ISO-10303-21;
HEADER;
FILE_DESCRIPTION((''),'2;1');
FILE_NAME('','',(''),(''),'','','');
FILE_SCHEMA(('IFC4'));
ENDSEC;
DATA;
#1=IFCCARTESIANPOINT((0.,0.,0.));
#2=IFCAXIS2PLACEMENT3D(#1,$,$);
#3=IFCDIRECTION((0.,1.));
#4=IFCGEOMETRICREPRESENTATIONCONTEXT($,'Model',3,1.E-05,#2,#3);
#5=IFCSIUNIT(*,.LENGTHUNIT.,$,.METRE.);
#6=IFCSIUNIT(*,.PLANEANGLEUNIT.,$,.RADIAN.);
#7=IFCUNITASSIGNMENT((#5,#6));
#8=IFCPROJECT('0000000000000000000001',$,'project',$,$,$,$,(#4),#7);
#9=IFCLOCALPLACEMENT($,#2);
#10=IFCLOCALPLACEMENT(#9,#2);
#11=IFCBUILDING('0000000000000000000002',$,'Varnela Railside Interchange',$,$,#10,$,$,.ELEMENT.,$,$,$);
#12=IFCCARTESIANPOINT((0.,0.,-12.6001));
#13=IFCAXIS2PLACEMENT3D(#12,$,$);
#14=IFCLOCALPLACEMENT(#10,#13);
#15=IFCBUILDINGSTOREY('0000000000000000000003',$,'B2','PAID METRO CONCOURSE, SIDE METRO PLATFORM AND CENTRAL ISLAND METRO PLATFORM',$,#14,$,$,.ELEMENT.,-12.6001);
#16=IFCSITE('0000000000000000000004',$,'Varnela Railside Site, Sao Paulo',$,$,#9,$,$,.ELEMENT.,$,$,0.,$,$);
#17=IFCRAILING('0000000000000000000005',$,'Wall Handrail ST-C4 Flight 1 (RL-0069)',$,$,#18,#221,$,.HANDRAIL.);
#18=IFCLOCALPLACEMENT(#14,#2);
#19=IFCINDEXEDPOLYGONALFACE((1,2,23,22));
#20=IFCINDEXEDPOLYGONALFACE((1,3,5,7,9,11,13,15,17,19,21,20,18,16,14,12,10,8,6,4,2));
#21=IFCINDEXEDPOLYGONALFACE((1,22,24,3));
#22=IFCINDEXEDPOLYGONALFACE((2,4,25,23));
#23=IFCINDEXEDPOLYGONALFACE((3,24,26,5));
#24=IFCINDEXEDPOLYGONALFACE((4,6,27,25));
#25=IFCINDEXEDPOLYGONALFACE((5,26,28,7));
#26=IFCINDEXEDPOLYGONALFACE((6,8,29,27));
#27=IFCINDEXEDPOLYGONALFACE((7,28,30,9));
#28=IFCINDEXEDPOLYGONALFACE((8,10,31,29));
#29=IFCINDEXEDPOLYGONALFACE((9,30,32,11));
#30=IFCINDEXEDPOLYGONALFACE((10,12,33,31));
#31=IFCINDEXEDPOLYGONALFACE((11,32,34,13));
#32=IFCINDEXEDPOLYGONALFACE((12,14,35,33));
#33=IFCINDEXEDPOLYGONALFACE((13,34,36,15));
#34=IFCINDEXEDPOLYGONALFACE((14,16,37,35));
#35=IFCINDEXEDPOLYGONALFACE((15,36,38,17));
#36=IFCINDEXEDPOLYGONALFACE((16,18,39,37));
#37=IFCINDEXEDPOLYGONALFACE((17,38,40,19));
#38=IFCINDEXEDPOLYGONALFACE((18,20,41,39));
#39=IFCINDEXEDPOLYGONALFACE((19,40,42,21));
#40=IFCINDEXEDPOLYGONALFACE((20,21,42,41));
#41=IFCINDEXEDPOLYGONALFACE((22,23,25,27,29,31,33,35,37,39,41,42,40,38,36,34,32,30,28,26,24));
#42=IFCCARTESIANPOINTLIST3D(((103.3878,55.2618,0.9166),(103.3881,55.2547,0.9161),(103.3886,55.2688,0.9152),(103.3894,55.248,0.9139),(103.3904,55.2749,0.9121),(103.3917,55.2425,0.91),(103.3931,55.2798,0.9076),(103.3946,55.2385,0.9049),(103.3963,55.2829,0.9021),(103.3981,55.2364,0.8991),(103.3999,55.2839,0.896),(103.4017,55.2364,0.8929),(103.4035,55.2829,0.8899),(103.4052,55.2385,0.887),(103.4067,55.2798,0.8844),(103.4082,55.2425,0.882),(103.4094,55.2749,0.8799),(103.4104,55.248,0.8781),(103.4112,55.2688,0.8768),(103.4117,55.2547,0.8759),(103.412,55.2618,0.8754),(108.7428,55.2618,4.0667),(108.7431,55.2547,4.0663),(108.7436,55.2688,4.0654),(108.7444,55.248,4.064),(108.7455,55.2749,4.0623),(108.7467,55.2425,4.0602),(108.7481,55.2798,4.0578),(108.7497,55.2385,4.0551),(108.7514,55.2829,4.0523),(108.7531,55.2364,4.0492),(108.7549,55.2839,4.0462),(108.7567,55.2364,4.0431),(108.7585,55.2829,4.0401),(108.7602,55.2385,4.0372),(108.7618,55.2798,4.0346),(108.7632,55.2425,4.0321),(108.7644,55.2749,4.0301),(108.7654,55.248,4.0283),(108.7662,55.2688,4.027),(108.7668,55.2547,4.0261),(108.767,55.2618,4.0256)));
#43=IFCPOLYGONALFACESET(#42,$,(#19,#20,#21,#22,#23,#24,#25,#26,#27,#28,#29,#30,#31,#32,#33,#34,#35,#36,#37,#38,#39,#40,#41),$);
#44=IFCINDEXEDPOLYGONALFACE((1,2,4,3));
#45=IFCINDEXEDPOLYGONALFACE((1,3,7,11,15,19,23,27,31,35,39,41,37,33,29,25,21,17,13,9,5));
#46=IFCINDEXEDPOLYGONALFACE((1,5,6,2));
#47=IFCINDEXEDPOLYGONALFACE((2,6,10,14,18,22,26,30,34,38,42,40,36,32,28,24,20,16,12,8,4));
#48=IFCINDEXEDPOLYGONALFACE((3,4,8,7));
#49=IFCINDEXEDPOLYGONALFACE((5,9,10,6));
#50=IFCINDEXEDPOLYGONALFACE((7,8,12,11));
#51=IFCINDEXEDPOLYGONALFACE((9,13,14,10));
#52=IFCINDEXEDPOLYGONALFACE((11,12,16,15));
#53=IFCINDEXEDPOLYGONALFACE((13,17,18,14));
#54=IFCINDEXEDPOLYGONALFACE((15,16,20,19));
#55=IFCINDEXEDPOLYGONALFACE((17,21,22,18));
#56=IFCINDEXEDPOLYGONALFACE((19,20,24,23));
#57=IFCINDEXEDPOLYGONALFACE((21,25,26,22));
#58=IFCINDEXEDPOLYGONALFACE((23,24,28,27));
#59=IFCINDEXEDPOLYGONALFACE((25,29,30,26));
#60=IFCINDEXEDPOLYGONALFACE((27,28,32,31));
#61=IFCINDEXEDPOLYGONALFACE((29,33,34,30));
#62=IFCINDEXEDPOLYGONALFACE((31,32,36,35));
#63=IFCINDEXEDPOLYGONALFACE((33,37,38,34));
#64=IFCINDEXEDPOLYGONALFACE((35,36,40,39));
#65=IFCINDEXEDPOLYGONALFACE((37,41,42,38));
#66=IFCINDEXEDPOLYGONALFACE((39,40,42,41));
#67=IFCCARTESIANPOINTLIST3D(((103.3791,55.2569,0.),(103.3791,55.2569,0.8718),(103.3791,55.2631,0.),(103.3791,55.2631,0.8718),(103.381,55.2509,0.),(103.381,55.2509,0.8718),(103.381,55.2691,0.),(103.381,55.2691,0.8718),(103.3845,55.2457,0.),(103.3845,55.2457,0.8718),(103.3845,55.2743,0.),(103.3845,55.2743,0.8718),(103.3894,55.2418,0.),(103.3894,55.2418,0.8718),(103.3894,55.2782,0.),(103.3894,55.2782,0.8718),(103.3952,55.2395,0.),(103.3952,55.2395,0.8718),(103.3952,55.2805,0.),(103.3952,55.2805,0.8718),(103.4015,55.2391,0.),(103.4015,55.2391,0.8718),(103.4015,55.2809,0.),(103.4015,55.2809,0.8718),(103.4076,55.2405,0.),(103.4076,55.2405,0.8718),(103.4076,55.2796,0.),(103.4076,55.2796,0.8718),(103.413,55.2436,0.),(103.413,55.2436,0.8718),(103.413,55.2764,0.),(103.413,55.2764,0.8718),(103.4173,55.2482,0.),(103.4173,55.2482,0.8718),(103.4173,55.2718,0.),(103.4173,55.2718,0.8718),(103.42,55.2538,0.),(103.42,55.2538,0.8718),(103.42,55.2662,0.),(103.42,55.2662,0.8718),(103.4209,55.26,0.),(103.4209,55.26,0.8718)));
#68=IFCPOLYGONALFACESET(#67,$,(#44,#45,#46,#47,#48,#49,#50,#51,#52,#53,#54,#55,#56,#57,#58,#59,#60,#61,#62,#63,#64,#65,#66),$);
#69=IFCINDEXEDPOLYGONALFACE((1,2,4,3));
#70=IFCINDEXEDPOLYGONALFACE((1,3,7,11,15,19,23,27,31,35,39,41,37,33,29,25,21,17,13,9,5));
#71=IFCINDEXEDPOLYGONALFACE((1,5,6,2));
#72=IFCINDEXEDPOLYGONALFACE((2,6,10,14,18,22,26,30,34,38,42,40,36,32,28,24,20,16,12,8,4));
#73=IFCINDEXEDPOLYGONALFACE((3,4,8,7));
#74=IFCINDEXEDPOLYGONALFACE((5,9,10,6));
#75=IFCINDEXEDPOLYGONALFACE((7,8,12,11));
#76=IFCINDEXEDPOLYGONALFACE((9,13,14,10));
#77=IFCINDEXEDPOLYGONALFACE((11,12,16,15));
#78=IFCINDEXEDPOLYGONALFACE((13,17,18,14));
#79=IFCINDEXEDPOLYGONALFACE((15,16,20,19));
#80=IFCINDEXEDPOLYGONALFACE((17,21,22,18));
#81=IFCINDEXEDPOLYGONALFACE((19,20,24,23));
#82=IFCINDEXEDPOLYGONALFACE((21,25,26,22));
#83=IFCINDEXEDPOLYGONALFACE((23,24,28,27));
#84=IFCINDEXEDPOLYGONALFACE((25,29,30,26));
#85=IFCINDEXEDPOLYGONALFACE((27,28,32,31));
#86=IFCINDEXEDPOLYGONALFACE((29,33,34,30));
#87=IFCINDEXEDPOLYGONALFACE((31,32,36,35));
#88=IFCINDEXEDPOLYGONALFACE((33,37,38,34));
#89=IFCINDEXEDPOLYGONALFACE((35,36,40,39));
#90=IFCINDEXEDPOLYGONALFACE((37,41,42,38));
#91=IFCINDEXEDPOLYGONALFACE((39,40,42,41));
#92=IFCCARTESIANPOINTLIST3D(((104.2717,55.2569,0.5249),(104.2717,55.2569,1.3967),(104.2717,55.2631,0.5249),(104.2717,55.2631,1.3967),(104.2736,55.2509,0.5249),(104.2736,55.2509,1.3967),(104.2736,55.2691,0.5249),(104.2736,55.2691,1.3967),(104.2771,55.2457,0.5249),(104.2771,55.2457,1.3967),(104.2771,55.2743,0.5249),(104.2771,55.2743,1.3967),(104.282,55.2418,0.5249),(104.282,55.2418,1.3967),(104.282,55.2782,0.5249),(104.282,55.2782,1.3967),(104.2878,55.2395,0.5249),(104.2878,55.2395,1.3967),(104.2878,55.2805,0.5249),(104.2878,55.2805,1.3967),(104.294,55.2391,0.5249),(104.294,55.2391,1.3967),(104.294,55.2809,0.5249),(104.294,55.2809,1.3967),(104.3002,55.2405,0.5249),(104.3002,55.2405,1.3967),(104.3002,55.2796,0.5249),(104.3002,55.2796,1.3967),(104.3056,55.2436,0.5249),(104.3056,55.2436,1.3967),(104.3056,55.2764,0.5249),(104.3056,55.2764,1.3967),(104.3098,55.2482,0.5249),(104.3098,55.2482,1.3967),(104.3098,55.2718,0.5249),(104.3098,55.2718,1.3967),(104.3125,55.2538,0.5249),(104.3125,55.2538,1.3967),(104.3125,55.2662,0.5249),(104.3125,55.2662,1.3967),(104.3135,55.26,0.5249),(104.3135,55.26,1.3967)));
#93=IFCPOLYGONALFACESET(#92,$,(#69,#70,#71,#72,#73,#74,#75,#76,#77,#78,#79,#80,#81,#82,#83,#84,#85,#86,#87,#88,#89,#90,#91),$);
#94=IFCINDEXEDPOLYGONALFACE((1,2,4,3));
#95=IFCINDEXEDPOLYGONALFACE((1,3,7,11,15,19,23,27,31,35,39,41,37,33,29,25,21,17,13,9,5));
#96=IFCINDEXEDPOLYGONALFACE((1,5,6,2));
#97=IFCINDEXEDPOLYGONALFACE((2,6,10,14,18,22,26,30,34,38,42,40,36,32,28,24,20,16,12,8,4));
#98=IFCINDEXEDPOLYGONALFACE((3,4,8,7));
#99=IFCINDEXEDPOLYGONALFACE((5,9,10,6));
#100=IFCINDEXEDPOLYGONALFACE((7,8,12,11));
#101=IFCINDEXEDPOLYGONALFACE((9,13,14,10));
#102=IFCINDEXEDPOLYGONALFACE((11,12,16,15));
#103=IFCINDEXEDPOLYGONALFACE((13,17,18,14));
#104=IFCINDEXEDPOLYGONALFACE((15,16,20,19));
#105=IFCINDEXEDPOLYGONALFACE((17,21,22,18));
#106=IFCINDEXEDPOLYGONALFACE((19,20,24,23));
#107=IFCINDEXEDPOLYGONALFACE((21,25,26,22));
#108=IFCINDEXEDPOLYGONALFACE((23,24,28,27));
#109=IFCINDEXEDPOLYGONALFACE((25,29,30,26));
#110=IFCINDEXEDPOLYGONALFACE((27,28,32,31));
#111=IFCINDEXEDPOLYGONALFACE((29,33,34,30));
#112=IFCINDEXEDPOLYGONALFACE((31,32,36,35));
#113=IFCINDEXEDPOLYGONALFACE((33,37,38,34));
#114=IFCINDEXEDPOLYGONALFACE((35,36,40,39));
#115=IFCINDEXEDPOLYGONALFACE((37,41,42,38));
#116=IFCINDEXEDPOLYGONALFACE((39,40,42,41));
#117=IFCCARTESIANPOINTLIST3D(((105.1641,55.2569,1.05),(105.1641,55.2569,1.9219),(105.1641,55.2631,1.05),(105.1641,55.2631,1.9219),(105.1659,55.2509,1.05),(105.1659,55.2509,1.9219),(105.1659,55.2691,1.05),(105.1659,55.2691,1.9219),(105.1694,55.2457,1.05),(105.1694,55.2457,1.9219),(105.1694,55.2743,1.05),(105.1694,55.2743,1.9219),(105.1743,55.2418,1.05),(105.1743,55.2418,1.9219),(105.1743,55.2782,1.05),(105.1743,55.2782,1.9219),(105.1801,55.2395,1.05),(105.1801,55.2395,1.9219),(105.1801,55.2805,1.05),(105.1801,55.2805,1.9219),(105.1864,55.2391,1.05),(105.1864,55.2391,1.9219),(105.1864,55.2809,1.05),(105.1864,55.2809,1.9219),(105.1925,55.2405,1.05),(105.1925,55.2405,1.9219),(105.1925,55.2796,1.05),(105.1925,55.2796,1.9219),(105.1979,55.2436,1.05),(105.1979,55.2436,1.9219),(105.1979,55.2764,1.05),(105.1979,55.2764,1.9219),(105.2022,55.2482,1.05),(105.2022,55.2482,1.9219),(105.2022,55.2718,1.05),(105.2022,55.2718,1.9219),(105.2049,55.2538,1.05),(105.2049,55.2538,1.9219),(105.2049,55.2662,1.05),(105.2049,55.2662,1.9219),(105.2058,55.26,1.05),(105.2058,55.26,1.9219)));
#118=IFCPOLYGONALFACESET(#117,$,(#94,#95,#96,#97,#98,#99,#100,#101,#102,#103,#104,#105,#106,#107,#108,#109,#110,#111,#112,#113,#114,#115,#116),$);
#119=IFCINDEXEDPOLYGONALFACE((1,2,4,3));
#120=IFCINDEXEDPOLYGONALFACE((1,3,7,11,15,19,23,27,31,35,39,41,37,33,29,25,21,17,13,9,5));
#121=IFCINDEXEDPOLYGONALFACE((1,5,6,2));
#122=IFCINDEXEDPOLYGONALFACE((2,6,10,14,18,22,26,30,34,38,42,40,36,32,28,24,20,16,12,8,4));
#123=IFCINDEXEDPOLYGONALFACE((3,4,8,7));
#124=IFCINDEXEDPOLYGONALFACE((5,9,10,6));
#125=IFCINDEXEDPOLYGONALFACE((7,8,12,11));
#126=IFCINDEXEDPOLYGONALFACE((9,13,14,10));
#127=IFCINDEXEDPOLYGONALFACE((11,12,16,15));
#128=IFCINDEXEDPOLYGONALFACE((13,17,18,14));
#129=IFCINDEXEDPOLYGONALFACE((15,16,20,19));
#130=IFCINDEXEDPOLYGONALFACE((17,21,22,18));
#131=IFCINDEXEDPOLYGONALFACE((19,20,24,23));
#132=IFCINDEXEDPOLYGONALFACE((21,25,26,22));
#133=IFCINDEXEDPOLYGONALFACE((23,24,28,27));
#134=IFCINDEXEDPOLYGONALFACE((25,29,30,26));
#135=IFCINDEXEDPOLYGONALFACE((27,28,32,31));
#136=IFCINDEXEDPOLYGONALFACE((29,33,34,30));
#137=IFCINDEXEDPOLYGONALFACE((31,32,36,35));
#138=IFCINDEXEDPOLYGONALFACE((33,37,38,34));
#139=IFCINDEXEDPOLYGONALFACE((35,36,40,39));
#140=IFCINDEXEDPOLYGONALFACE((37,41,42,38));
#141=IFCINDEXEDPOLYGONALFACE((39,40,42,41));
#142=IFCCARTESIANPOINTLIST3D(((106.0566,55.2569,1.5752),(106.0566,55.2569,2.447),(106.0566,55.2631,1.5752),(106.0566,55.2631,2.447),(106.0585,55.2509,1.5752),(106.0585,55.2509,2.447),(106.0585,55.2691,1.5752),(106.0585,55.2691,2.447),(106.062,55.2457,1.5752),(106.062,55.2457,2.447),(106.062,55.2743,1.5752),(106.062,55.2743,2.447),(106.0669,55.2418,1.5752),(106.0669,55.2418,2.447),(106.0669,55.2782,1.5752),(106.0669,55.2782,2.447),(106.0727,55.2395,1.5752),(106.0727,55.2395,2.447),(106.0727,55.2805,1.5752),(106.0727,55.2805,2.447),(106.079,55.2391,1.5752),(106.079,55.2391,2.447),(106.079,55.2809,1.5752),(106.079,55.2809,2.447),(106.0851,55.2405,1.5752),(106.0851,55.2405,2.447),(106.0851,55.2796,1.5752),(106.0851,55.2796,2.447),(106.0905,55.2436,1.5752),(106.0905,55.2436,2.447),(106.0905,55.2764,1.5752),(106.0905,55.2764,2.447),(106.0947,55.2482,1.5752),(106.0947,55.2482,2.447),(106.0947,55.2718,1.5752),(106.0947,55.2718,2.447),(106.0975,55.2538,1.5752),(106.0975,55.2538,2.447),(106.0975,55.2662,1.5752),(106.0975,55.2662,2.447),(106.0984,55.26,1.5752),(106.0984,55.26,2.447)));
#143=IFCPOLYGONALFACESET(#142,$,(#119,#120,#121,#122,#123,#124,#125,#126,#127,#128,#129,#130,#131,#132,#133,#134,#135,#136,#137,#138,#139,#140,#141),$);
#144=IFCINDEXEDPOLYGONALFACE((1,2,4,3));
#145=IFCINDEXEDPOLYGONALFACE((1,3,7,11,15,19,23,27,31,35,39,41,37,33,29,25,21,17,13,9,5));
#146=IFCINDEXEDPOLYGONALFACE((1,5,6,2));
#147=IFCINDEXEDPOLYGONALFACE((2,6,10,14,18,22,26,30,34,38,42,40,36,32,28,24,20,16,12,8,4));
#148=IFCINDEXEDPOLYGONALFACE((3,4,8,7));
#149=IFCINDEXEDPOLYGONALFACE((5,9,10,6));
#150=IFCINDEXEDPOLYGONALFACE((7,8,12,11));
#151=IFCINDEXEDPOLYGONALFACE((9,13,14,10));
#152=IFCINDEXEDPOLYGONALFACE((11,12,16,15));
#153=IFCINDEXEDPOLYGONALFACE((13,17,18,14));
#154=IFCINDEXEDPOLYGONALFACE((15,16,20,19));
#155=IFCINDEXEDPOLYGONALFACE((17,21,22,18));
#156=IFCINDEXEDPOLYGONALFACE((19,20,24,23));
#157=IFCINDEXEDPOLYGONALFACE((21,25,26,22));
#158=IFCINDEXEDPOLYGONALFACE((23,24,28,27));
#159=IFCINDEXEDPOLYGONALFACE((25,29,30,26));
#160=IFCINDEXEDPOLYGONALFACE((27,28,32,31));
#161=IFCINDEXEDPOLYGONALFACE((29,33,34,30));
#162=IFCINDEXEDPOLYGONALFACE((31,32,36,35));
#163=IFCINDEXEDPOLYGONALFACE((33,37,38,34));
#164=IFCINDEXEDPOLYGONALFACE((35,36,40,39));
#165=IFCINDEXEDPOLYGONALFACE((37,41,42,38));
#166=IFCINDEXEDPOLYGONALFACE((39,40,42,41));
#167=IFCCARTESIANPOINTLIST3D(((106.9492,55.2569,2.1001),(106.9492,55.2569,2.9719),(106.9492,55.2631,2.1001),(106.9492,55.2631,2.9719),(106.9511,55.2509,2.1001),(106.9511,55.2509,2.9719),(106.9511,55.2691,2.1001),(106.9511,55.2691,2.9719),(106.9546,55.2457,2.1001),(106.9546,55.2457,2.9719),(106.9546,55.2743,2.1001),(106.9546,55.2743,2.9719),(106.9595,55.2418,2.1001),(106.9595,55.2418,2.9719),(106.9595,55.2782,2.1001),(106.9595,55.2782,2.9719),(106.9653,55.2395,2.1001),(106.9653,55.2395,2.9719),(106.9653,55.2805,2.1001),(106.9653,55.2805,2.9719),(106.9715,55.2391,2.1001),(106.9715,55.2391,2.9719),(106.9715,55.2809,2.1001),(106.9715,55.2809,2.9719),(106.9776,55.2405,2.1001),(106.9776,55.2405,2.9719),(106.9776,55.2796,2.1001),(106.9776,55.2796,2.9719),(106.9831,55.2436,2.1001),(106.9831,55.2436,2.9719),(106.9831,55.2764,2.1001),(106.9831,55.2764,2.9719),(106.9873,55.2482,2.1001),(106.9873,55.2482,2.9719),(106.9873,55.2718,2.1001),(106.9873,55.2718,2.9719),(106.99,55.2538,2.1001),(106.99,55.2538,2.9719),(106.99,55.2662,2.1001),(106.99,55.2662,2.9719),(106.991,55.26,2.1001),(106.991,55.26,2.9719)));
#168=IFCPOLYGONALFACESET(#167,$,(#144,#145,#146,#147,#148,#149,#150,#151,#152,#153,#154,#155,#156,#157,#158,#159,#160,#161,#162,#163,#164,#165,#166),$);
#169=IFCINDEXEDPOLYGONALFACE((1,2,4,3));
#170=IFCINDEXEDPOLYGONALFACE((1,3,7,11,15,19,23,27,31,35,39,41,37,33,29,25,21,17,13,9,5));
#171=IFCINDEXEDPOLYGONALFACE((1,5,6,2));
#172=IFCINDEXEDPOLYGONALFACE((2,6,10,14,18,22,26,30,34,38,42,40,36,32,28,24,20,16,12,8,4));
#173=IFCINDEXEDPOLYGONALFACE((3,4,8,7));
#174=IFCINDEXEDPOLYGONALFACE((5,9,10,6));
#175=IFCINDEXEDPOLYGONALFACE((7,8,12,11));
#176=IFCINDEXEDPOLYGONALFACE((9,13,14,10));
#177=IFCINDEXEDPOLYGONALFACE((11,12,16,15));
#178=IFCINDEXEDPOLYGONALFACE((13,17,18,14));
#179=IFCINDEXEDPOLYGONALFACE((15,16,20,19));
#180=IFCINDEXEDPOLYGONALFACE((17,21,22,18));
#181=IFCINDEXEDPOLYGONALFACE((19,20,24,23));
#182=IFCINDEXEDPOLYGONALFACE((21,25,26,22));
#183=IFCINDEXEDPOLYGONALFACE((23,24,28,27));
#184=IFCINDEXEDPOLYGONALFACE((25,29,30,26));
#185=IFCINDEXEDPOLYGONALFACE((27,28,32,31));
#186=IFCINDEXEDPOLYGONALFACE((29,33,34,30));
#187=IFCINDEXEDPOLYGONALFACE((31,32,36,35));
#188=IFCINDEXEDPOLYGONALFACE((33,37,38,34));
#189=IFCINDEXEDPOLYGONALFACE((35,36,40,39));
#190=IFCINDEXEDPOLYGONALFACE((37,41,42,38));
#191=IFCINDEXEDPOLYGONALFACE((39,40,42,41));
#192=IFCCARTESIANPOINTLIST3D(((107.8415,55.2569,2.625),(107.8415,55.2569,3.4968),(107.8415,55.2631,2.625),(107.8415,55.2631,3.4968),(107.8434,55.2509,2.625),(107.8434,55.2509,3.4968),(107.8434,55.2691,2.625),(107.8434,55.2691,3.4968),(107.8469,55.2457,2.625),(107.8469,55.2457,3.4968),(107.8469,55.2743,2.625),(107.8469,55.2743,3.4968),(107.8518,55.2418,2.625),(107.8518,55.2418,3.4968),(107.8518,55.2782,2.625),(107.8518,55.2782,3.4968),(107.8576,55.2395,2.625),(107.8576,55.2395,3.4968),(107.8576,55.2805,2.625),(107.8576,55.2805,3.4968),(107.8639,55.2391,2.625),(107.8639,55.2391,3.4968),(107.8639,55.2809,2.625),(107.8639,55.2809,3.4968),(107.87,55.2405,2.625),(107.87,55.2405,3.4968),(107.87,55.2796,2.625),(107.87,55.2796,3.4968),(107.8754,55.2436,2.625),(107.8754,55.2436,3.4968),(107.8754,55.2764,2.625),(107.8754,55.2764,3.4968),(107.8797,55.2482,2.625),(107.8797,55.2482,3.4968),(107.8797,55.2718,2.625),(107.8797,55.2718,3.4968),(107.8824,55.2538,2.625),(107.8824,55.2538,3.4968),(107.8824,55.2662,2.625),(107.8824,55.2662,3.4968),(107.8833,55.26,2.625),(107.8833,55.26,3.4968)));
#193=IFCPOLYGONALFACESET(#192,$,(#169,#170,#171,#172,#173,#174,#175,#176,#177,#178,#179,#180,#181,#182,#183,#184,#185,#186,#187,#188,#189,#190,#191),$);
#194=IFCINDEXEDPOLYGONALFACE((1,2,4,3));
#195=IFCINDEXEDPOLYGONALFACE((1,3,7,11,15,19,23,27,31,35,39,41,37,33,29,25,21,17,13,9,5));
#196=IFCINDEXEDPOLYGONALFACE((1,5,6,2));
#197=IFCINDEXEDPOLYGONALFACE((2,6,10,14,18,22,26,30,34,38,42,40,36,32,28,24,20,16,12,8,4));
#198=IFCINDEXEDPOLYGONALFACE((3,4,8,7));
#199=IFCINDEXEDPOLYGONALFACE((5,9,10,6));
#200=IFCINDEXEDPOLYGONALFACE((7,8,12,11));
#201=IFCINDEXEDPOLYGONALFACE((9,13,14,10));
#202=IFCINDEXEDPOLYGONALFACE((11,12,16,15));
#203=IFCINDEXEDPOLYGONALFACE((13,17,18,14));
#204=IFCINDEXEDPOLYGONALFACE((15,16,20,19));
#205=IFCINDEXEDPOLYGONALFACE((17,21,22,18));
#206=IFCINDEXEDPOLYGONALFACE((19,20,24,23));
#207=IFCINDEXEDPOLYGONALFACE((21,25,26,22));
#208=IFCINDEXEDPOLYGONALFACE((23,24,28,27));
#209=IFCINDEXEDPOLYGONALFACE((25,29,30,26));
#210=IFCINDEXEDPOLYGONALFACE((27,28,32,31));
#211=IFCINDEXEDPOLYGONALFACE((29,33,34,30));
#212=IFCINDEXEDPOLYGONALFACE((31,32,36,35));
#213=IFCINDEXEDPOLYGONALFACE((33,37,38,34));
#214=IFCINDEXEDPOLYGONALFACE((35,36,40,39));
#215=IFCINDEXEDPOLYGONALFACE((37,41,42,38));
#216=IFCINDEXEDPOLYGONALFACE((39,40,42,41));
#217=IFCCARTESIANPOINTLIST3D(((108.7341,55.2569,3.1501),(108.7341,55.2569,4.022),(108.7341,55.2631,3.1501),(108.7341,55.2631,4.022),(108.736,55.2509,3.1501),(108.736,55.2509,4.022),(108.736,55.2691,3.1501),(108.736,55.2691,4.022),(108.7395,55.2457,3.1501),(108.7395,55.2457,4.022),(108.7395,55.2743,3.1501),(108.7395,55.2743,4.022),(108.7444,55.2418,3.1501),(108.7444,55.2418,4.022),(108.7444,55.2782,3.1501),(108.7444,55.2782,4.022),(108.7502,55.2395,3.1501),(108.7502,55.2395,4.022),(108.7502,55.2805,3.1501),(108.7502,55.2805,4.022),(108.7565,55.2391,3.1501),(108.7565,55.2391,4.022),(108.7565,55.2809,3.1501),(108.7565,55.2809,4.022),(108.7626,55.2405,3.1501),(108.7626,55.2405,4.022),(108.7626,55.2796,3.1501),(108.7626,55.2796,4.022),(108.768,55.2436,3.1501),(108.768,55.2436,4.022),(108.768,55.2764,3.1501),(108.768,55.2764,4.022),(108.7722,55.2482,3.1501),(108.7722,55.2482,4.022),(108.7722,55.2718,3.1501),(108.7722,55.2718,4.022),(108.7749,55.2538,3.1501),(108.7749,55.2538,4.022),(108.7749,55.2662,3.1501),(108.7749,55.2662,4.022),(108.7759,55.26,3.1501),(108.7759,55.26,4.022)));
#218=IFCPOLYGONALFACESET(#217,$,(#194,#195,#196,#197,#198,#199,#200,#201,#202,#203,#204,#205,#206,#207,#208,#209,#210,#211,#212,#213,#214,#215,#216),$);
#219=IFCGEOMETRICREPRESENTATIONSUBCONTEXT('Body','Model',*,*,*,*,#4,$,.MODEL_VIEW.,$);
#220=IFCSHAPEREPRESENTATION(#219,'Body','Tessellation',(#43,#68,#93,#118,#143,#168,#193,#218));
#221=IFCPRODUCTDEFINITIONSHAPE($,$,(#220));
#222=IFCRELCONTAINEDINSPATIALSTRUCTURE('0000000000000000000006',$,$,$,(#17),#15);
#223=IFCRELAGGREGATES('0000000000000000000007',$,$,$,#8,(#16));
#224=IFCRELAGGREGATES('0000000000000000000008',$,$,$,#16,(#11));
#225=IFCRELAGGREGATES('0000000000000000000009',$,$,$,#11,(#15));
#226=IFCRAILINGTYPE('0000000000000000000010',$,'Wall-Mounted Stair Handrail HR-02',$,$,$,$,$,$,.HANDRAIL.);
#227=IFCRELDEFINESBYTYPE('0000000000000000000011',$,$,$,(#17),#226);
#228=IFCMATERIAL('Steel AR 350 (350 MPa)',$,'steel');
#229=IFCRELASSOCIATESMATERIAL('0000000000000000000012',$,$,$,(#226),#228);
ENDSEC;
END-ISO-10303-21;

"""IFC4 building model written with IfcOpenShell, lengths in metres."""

from ifc_helpers import new_model, si_unit, direction, frame, origin, origin_2d, place, context, subcontext, project, spatial, circle, extrude, material, type_object, element, save


model = new_model("IFC4")

# Units and contexts
model_context = context("Model", 3, precision=1e-05, world=origin(), true_north=direction((0.0, 1.0)))
body_context = subcontext(model_context, "Body", "Model", "MODEL_VIEW")
ifc_project = project(units=[si_unit("LENGTHUNIT", "METRE"), si_unit("PLANEANGLEUNIT", "RADIAN")], contexts=[model_context])

# Site, building, storey
site_placement = place(None, origin())
site = spatial("IfcSite", under=ifc_project, at=site_placement, Name="Varnela Railside Site, Sao Paulo", CompositionType="ELEMENT", RefElevation=0.0)
building_placement = place(site_placement, origin())
building = spatial("IfcBuilding", under=site, at=building_placement, Name="Varnela Railside Interchange", CompositionType="ELEMENT")
storey_placement = place(building_placement, frame((0.0, 0.0, -12.6001)))
storey = spatial("IfcBuildingStorey", under=building, at=storey_placement, Name="B2", Description="PAID METRO CONCOURSE, SIDE METRO PLATFORM AND CENTRAL ISLAND METRO PLATFORM", CompositionType="ELEMENT", Elevation=-12.6001)

# Railing
ifc_material_1 = material(Name="Steel AR 350 (350 MPa)", Category="steel")
railing_type_1 = type_object("IfcRailingType", Name="Wall-Mounted Stair Handrail HR-02", PredefinedType="HANDRAIL", material=ifc_material_1)
railing_1_placement = place(storey_placement, frame((103.3999, 55.26, 0.0)))
element("IfcRailing", 1, at=railing_1_placement, inside=storey, type_object=railing_type_1, Name="Wall Handrail ST-C4 Flight 1 (RL-0069)", PredefinedType="HANDRAIL", context=body_context, shape_type="SweptSolid", body=[
    extrude(circle(Radius=0.0239, at=origin_2d()), frame((0.0, 0.0, 0.896), z_axis=(0.861923, 0.0, 0.507039), x_axis=(0.0, 1.0, 0.0)), (0.0, 0.0, 1.0), 6.2129),
    extrude(circle(Radius=0.021, at=origin_2d()), origin(), (0.0, 0.0, 1.0), 0.8718),
    extrude(circle(Radius=0.021, at=origin_2d()), frame((0.8926, 0.0, 0.5249)), (0.0, 0.0, 1.0), 0.8718),
    extrude(circle(Radius=0.021, at=origin_2d()), frame((1.7849, 0.0, 1.05)), (0.0, 0.0, 1.0), 0.8718),
    extrude(circle(Radius=0.021, at=origin_2d()), frame((2.6775, 0.0, 1.5752)), (0.0, 0.0, 1.0), 0.8718),
    extrude(circle(Radius=0.021, at=origin_2d()), frame((3.5701, 0.0, 2.1001)), (0.0, 0.0, 1.0), 0.8718),
    extrude(circle(Radius=0.021, at=origin_2d()), frame((4.4624, 0.0, 2.625)), (0.0, 0.0, 1.0), 0.8718),
    extrude(circle(Radius=0.021, at=origin_2d()), frame((5.355, 0.0, 3.1501)), (0.0, 0.0, 1.0), 0.8718),
])

save(model, "model.ifc")
